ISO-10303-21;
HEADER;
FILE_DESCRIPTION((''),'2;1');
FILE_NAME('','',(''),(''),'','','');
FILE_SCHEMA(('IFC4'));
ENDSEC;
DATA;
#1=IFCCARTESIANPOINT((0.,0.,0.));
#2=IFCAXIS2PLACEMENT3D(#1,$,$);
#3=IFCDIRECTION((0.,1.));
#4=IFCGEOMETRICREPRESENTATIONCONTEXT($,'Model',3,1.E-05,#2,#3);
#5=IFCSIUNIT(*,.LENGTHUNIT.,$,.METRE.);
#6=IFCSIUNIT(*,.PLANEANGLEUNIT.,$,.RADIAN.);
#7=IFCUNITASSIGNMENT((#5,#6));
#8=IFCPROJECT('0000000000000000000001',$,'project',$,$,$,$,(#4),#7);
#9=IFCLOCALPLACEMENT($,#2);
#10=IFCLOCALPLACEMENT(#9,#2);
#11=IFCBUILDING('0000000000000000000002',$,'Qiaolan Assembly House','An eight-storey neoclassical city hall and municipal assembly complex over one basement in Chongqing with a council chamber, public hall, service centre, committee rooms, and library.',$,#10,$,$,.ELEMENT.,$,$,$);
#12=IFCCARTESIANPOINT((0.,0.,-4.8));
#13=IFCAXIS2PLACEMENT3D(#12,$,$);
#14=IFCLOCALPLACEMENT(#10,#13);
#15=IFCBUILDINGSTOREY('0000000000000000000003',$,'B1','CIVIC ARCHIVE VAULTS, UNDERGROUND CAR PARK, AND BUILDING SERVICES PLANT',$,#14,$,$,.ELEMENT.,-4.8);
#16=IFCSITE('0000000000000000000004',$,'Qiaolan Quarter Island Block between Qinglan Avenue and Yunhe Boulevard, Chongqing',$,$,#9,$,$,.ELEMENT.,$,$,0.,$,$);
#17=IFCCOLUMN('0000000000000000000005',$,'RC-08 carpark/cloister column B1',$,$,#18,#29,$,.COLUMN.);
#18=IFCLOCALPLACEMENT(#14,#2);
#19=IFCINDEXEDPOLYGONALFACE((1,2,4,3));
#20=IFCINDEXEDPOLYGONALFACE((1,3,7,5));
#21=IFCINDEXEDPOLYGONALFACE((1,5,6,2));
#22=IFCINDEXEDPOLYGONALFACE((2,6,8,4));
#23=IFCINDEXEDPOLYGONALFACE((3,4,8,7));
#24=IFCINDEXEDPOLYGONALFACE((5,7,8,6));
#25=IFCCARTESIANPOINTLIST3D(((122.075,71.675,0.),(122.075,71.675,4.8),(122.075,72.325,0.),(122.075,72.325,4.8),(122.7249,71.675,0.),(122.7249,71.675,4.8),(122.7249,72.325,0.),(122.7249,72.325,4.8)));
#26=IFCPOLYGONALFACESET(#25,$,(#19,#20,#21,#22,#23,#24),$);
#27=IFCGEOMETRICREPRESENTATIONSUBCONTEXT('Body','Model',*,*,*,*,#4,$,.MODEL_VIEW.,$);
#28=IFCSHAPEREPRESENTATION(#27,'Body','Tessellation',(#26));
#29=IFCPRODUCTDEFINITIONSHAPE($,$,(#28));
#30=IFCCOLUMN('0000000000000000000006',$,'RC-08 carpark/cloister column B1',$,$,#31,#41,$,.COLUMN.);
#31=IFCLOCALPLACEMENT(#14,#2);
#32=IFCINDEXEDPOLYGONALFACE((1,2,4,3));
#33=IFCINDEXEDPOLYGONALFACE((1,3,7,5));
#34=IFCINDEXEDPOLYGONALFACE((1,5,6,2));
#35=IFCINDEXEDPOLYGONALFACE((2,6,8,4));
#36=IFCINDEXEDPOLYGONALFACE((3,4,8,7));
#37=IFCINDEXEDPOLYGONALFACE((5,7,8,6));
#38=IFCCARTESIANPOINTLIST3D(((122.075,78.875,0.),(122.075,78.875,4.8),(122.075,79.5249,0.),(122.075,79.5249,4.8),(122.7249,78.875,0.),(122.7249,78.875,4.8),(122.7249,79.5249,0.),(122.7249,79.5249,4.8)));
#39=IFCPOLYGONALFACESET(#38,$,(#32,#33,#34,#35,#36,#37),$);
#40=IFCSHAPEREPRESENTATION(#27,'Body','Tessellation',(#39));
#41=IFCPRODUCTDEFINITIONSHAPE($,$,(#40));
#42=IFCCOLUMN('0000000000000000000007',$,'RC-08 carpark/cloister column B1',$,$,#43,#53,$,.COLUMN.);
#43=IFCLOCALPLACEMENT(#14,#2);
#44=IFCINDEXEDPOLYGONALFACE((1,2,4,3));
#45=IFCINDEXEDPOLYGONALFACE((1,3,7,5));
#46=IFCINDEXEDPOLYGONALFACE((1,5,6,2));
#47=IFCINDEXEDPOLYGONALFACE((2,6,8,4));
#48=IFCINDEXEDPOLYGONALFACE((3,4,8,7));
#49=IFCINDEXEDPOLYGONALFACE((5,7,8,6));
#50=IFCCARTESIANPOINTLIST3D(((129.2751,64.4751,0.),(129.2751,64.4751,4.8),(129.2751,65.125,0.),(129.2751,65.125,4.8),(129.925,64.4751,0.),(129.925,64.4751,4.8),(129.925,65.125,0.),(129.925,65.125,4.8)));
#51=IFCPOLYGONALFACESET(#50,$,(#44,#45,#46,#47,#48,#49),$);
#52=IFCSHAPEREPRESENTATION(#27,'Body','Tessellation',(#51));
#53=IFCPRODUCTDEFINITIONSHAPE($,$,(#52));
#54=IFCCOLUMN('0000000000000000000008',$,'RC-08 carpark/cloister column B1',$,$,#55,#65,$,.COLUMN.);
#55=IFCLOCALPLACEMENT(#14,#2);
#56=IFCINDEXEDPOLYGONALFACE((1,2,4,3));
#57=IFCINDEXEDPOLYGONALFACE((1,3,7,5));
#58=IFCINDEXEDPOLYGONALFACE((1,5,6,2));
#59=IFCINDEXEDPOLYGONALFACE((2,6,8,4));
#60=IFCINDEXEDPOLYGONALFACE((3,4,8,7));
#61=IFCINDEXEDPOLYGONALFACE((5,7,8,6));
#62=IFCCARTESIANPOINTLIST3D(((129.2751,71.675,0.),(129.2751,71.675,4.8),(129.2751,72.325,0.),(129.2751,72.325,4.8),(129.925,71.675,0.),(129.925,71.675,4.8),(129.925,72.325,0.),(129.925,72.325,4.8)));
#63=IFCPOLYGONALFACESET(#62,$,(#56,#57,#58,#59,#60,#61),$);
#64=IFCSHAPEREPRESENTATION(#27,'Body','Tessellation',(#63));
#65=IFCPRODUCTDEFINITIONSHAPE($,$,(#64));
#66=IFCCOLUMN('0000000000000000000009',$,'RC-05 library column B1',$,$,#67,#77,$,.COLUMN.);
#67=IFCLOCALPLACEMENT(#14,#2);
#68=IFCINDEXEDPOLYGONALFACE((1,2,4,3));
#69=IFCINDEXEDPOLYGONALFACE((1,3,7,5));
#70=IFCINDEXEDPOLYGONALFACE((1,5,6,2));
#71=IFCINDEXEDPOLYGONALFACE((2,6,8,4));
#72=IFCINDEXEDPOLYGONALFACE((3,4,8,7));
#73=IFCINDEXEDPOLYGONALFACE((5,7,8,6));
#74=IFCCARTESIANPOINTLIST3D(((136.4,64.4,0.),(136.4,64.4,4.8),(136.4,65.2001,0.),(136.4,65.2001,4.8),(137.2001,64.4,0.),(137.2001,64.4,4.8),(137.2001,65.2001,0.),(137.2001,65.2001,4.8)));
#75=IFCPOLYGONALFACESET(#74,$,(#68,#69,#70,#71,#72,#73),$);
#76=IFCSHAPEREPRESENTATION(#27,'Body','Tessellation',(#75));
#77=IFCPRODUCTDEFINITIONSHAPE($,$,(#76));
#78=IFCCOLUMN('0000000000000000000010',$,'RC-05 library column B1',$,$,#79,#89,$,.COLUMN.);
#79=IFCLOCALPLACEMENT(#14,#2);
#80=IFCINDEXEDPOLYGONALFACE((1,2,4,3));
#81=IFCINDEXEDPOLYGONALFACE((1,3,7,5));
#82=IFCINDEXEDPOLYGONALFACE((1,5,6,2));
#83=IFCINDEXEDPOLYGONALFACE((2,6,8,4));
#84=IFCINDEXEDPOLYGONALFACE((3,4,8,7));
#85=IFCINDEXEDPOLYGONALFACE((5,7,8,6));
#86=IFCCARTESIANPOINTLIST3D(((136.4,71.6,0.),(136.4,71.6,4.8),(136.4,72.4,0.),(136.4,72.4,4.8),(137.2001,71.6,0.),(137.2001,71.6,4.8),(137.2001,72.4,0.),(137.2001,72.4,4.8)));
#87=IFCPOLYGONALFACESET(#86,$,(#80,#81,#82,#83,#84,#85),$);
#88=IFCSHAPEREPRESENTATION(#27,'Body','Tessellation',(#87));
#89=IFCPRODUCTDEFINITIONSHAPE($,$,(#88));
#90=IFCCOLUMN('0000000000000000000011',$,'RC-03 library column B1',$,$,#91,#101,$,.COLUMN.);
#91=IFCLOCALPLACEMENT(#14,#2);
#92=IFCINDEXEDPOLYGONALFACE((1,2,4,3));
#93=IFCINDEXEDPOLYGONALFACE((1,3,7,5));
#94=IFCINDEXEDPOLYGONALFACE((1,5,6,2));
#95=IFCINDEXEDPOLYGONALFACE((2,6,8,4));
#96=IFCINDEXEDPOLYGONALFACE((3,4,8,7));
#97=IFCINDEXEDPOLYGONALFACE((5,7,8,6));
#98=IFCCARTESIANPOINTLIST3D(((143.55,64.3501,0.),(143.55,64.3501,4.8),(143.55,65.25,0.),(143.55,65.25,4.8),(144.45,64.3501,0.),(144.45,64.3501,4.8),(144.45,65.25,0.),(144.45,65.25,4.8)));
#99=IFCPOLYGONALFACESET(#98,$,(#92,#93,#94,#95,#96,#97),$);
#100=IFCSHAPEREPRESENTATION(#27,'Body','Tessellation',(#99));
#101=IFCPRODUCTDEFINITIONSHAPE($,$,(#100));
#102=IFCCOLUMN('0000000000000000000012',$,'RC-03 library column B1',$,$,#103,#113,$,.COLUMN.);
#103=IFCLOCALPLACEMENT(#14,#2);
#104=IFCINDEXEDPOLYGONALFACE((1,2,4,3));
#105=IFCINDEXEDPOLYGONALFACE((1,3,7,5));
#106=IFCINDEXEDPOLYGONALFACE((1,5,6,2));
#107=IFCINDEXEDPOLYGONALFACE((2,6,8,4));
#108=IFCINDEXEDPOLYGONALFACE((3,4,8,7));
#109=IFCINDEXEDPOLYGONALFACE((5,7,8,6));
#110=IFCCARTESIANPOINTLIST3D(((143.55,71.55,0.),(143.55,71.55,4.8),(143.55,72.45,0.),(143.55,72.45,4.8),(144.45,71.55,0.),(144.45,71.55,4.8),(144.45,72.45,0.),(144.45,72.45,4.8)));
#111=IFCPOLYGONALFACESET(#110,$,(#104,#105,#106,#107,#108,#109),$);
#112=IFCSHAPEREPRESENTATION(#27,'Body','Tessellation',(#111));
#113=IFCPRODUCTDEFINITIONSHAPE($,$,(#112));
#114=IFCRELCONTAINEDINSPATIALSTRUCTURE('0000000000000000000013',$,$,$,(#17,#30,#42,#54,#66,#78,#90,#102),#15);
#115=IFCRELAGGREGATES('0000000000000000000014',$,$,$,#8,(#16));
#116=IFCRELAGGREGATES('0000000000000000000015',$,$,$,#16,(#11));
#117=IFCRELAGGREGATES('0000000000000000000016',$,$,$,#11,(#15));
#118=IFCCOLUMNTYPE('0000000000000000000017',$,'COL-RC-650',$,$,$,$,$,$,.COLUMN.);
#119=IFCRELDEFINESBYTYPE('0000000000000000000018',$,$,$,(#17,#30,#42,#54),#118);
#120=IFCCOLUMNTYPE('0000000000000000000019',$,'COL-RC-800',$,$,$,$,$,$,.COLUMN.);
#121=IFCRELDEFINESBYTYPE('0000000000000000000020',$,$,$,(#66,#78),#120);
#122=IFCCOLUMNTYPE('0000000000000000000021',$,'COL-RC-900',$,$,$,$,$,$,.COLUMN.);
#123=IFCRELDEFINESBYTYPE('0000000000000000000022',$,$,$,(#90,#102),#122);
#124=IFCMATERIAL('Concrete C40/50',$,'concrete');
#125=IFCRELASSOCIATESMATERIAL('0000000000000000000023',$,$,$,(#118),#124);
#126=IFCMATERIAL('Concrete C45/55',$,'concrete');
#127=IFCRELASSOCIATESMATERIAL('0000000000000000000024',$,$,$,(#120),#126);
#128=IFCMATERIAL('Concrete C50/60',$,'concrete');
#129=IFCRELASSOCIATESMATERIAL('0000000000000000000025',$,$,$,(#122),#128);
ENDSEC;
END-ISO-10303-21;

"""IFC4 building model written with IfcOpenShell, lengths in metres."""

from ifc_helpers import new_model, si_unit, direction, frame, origin, origin_2d, place, context, subcontext, project, spatial, rectangle, extrude, material, material_profile, profile_set, type_object, element, save


model = new_model("IFC4")

# Units and contexts
model_context = context("Model", 3, precision=1e-05, world=origin(), true_north=direction((0.0, 1.0)))
body_context = subcontext(model_context, "Body", "Model", "MODEL_VIEW")
ifc_project = project(units=[si_unit("LENGTHUNIT", "METRE"), si_unit("PLANEANGLEUNIT", "RADIAN")], contexts=[model_context])

# Site, building, storey
site_placement = place(None, origin())
site = spatial("IfcSite", under=ifc_project, at=site_placement, Name="Qiaolan Quarter Island Block between Qinglan Avenue and Yunhe Boulevard, Chongqing", CompositionType="ELEMENT", RefElevation=0.0)
building_placement = place(site_placement, origin())
building = spatial("IfcBuilding", under=site, at=building_placement, Name="Qiaolan Assembly House", Description="An eight-storey neoclassical city hall and municipal assembly complex over one basement in Chongqing with a council chamber, public hall, service centre, committee rooms, and library.", CompositionType="ELEMENT")
storey_placement = place(building_placement, frame((0.0, 0.0, -4.8)))
storey = spatial("IfcBuildingStorey", under=building, at=storey_placement, Name="B1", Description="CIVIC ARCHIVE VAULTS, UNDERGROUND CAR PARK, AND BUILDING SERVICES PLANT", CompositionType="ELEMENT", Elevation=-4.8)

# Shared definitions
ifc_material_1 = material(Name="Concrete C40/50", Category="concrete")

# Shared definitions
ifc_material_2 = material(Name="Concrete C45/55", Category="concrete")

# Columns
ifc_material_profile_1 = material_profile(ifc_material_1, rectangle(XDim=0.6499, YDim=0.6499, at=origin_2d()), Name="RC 650x650")
ifc_profile_set_1 = profile_set([ifc_material_profile_1], Name="Concrete C40/50")
column_type_1 = type_object("IfcColumnType", Name="COL-RC-650", PredefinedType="COLUMN", material=ifc_profile_set_1)
for number, where, z_axis, x_axis, name in (
    (1, (122.3999, 72.0, 0.0), (0.0, 0.0, 1.0), (1.0, 0.0, 0.0), "RC-08 carpark/cloister column B1"),
    (2, (122.3999, 79.2, 0.0), (0.0, 0.0, 1.0), (1.0, 0.0, 0.0), "RC-08 carpark/cloister column B1"),
    (3, (129.6001, 64.8, 0.0), (0.0, 0.0, 1.0), (1.0, 0.0, 0.0), "RC-08 carpark/cloister column B1"),
    (4, (129.6001, 72.0, 0.0), (0.0, 0.0, 1.0), (1.0, 0.0, 0.0), "RC-08 carpark/cloister column B1"),
):
    element("IfcColumn", number, at=place(storey_placement, frame(where, z_axis=z_axis, x_axis=x_axis)), inside=storey, type_object=column_type_1, Name=name, PredefinedType="COLUMN", context=body_context, shape_type="SweptSolid", body=[
        extrude(rectangle(XDim=0.6499, YDim=0.6499, at=origin_2d()), origin(), (0.0, 0.0, 1.0), 4.8),
    ])
ifc_material_profile_2 = material_profile(ifc_material_2, rectangle(XDim=0.8, YDim=0.8, at=origin_2d()), Name="RC 800x800")
ifc_profile_set_2 = profile_set([ifc_material_profile_2], Name="Concrete C45/55")
column_type_2 = type_object("IfcColumnType", Name="COL-RC-800", PredefinedType="COLUMN", material=ifc_profile_set_2)
for number, where, z_axis, x_axis, name in (
    (5, (136.8, 64.8, 0.0), (0.0, 0.0, 1.0), (1.0, 0.0, 0.0), "RC-05 library column B1"),
    (6, (136.8, 72.0, 0.0), (0.0, 0.0, 1.0), (1.0, 0.0, 0.0), "RC-05 library column B1"),
):
    element("IfcColumn", number, at=place(storey_placement, frame(where, z_axis=z_axis, x_axis=x_axis)), inside=storey, type_object=column_type_2, Name=name, PredefinedType="COLUMN", context=body_context, shape_type="SweptSolid", body=[
        extrude(rectangle(XDim=0.8, YDim=0.8, at=origin_2d()), origin(), (0.0, 0.0, 1.0), 4.8),
    ])
ifc_material_3 = material(Name="Concrete C50/60", Category="concrete")
ifc_material_profile_3 = material_profile(ifc_material_3, rectangle(XDim=0.8999, YDim=0.8999, at=origin_2d()), Name="RC 900x900")
ifc_profile_set_3 = profile_set([ifc_material_profile_3], Name="Concrete C50/60")
column_type_3 = type_object("IfcColumnType", Name="COL-RC-900", PredefinedType="COLUMN", material=ifc_profile_set_3)
for number, where, z_axis, x_axis, name in (
    (7, (144.0, 64.8, 0.0), (0.0, 0.0, 1.0), (1.0, 0.0, 0.0), "RC-03 library column B1"),
    (8, (144.0, 72.0, 0.0), (0.0, 0.0, 1.0), (1.0, 0.0, 0.0), "RC-03 library column B1"),
):
    element("IfcColumn", number, at=place(storey_placement, frame(where, z_axis=z_axis, x_axis=x_axis)), inside=storey, type_object=column_type_3, Name=name, PredefinedType="COLUMN", context=body_context, shape_type="SweptSolid", body=[
        extrude(rectangle(XDim=0.8999, YDim=0.8999, at=origin_2d()), origin(), (0.0, 0.0, 1.0), 4.8),
    ])

save(model, "model.ifc")
